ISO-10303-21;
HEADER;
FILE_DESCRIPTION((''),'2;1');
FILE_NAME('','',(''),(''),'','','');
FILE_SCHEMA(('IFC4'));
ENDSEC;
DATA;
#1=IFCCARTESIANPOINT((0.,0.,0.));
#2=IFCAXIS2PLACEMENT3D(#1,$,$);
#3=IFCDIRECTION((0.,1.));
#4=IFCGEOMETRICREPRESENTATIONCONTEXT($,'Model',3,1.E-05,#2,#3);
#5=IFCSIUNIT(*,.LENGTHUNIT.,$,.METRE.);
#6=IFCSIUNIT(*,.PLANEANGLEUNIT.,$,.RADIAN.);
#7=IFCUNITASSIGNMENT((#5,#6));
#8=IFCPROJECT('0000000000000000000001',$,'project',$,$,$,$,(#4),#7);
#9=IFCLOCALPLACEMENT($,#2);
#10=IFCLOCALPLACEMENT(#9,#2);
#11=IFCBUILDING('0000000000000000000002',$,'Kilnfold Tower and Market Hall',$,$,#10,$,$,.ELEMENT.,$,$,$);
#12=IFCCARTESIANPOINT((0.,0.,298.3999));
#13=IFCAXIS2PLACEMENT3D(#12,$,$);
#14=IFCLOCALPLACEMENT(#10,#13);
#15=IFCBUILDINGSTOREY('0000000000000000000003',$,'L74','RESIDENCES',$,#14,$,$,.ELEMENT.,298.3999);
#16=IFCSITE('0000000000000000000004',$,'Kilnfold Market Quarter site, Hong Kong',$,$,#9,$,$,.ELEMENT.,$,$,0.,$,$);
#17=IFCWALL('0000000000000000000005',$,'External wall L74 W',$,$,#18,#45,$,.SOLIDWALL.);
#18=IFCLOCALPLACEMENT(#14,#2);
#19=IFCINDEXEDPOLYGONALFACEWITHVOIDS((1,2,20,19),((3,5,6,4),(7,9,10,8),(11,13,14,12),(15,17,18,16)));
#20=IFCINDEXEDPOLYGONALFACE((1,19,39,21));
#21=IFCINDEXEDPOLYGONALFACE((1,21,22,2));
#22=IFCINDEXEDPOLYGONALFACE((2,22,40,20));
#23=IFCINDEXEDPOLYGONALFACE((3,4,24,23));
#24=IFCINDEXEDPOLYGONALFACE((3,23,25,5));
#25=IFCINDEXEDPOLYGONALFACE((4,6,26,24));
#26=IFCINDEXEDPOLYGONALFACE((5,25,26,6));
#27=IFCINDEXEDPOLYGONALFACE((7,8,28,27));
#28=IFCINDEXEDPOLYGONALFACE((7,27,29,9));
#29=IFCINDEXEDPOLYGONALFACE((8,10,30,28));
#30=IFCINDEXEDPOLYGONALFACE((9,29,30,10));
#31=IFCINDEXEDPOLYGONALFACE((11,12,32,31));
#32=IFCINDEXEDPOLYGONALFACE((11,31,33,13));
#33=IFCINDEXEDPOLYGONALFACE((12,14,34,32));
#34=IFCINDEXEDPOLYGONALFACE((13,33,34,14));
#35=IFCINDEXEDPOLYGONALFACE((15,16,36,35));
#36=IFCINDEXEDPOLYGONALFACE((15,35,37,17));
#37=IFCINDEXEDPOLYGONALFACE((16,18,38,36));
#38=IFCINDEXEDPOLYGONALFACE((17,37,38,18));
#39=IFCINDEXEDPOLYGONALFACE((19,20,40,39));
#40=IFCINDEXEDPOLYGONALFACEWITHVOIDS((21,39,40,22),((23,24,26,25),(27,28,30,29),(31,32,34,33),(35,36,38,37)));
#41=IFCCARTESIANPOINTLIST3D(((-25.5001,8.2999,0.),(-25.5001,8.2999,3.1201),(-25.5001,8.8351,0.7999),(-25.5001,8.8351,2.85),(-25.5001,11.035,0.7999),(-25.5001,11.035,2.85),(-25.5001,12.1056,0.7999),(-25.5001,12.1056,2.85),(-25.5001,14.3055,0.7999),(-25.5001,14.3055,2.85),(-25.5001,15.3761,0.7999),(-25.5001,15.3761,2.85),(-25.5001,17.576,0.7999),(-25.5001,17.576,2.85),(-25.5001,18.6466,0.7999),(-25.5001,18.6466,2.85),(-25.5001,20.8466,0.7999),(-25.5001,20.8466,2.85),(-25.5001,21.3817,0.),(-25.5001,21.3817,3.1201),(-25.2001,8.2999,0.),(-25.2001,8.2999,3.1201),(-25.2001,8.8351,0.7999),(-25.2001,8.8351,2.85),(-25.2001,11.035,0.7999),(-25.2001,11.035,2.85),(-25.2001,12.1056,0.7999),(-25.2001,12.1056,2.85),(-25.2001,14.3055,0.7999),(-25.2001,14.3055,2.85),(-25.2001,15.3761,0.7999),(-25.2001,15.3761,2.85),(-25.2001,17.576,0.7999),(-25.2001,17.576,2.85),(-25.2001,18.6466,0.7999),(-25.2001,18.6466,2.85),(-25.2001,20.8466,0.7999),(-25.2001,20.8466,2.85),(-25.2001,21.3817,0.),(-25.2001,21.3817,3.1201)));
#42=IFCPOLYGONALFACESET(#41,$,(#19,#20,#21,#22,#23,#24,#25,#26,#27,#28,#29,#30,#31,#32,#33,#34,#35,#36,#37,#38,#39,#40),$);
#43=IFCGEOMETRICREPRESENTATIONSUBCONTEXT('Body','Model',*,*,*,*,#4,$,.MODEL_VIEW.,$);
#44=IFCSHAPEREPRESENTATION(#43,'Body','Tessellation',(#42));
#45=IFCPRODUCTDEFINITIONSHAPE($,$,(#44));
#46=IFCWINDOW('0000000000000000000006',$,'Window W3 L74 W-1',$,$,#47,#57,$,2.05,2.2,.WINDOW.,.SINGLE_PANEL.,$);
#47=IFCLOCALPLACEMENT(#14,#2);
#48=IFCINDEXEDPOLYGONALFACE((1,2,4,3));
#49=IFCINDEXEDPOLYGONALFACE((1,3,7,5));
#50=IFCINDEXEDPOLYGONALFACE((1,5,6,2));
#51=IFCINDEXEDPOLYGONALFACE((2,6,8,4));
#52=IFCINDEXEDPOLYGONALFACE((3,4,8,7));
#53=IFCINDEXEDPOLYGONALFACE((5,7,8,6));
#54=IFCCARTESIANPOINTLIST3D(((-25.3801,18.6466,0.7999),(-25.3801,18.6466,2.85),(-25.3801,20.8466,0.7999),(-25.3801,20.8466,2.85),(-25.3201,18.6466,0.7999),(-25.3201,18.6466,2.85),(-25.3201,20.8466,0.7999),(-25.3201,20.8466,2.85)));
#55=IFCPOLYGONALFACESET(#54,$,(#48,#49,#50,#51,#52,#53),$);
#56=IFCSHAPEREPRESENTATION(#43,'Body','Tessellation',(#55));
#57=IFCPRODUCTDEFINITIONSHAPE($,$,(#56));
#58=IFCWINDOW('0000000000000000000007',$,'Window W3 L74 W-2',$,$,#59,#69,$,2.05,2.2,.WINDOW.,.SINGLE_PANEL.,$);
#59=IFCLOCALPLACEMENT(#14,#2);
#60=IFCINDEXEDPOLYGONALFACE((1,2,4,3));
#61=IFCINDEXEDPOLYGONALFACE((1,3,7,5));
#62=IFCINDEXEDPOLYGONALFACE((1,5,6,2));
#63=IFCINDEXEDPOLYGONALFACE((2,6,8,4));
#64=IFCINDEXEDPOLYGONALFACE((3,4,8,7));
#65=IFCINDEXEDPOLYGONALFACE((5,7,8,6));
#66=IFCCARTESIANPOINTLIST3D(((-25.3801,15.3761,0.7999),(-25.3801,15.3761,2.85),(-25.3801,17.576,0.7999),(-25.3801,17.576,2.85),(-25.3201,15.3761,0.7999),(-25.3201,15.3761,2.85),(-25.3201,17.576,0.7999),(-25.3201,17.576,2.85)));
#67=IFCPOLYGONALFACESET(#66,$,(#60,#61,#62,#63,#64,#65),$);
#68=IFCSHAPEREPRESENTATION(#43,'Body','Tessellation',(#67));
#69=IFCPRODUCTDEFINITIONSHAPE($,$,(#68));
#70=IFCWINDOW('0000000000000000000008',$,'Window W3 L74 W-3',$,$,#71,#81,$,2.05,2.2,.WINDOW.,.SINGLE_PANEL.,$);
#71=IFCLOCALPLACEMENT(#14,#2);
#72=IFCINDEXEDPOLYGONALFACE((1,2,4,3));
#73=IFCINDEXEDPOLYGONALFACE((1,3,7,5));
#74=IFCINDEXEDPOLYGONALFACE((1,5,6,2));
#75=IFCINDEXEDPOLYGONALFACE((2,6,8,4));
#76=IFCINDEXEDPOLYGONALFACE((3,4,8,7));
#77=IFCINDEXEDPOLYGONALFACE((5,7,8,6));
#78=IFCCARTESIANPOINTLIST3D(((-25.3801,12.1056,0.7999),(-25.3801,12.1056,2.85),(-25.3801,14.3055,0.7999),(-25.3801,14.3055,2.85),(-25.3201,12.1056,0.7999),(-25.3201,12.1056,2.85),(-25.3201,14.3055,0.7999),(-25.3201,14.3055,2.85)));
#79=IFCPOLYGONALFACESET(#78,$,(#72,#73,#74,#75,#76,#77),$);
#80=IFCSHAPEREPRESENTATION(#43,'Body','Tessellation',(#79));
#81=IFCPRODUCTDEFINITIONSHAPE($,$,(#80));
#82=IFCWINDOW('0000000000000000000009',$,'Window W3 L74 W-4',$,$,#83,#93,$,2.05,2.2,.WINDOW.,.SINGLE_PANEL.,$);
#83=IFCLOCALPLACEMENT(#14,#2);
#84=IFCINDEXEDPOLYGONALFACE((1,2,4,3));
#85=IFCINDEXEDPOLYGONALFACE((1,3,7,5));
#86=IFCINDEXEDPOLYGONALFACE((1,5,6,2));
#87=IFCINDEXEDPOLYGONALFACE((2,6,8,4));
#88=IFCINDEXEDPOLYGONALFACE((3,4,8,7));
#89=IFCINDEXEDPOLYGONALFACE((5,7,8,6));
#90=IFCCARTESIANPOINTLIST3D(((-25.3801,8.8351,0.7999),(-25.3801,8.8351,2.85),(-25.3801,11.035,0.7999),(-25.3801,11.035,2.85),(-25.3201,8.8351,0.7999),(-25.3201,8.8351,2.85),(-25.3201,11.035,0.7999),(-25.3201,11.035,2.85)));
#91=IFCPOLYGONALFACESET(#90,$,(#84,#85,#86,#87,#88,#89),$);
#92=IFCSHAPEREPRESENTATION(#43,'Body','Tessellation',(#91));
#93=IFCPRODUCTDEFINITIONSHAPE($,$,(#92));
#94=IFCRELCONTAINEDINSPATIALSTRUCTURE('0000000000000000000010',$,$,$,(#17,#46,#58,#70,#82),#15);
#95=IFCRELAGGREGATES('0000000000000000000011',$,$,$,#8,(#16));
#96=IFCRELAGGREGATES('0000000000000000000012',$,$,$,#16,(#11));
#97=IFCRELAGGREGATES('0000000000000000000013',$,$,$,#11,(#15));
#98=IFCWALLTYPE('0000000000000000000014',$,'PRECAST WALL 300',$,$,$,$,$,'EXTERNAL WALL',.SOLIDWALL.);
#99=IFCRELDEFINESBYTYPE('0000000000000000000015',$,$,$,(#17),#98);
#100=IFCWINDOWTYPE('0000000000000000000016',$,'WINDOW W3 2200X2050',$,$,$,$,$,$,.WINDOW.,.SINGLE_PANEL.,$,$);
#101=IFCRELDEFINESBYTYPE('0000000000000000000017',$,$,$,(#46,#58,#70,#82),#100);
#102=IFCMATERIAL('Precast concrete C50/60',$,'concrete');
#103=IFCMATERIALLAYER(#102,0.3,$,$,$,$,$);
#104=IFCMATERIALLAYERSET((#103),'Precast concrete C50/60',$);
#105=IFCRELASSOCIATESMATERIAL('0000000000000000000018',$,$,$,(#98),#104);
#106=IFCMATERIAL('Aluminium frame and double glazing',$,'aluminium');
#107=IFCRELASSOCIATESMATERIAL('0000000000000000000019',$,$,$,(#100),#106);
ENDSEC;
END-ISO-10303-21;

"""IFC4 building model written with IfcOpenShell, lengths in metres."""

from ifc_helpers import new_model, si_unit, direction, frame, frame_2d, origin, place, context, subcontext, project, spatial, rectangle, extrude, source, transform, mapped, material, layer, layer_set, type_object, element, fill, save


model = new_model("IFC4")

# Units and contexts
model_context = context("Model", 3, precision=1e-05, world=origin(), true_north=direction((0.0, 1.0)))
body_context = subcontext(model_context, "Body", "Model", "MODEL_VIEW")
ifc_project = project(units=[si_unit("LENGTHUNIT", "METRE"), si_unit("PLANEANGLEUNIT", "RADIAN")], contexts=[model_context])

# Site, building, storey
site_placement = place(None, origin())
site = spatial("IfcSite", under=ifc_project, at=site_placement, Name="Kilnfold Market Quarter site, Hong Kong", CompositionType="ELEMENT", RefElevation=0.0)
building_placement = place(site_placement, origin())
building = spatial("IfcBuilding", under=site, at=building_placement, Name="Kilnfold Tower and Market Hall", CompositionType="ELEMENT")
storey_placement = place(building_placement, frame((0.0, 0.0, 298.3999)))
storey = spatial("IfcBuildingStorey", under=building, at=storey_placement, Name="L74", Description="RESIDENCES", CompositionType="ELEMENT", Elevation=298.3999)

# Shared definitions
ifc_material_1 = material(Name="Precast concrete C50/60", Category="concrete")
ifc_layer_1 = layer(ifc_material_1, 0.3)
ifc_layer_set_1 = layer_set([ifc_layer_1], Name="Precast concrete C50/60")
wall_type_1 = type_object("IfcWallType", Name="PRECAST WALL 300", ElementType="EXTERNAL WALL", PredefinedType="SOLIDWALL", material=ifc_layer_set_1)
ifc_material_2 = material(Name="Aluminium frame and double glazing", Category="aluminium")
window_type = type_object("IfcWindowType", Name="WINDOW W3 2200X2050", PartitioningType="SINGLE_PANEL", PredefinedType="WINDOW", material=ifc_material_2)

# Wall, openings, windows
shared_shape_1 = source(origin(), body_context, "Body", "SweptSolid", [
    extrude(rectangle(XDim=13.0818, YDim=0.3, at=frame_2d((6.541, 0.0))), origin(), (0.0, 0.0, 1.0), 3.1201),
])
wall_1_placement = place(storey_placement, frame((-25.3501, 21.3818, 0.0), z_axis=(0.0, 0.0, 1.0), x_axis=(0.0, -1.0, 0.0)))
wall_1 = element("IfcWall", 1, at=wall_1_placement, inside=storey, type_object=wall_type_1, Name="External wall L74 W", PredefinedType="SOLIDWALL", context=body_context, shape_type="MappedRepresentation", body=[
    mapped(shared_shape_1, transform((0.0, 0.0, 0.0))),
])
opening_1_placement = place(wall_1_placement, frame((0.5352, 0.0, 0.8)))
opening_1 = element("IfcOpeningElement", 2, at=opening_1_placement, cuts=wall_1, PredefinedType="OPENING", context=body_context, shape_type="SweptSolid", body=[
    extrude(rectangle(XDim=2.2, YDim=2.05, at=frame_2d((1.1001, 1.0249))), frame((0.0, 0.1602, 0.0), z_axis=(0.0, -1.0, 0.0), x_axis=(1.0, 0.0, 0.0)), (0.0, 0.0, 1.0), 0.3201),
])
opening_2_placement = place(wall_1_placement, frame((3.8057, 0.0, 0.8)))
opening_2 = element("IfcOpeningElement", 3, at=opening_2_placement, cuts=wall_1, PredefinedType="OPENING", context=body_context, shape_type="SweptSolid", body=[
    extrude(rectangle(XDim=2.2, YDim=2.05, at=frame_2d((1.1001, 1.0249))), frame((0.0, 0.1602, 0.0), z_axis=(0.0, -1.0, 0.0), x_axis=(1.0, 0.0, 0.0)), (0.0, 0.0, 1.0), 0.3201),
])
opening_3_placement = place(wall_1_placement, frame((7.0762, 0.0, 0.8)))
opening_3 = element("IfcOpeningElement", 4, at=opening_3_placement, cuts=wall_1, PredefinedType="OPENING", context=body_context, shape_type="SweptSolid", body=[
    extrude(rectangle(XDim=2.2, YDim=2.05, at=frame_2d((1.1001, 1.0249))), frame((0.0, 0.1602, 0.0), z_axis=(0.0, -1.0, 0.0), x_axis=(1.0, 0.0, 0.0)), (0.0, 0.0, 1.0), 0.3201),
])
opening_4_placement = place(wall_1_placement, frame((10.3467, 0.0, 0.8)))
opening_4 = element("IfcOpeningElement", 5, at=opening_4_placement, cuts=wall_1, PredefinedType="OPENING", context=body_context, shape_type="SweptSolid", body=[
    extrude(rectangle(XDim=2.2, YDim=2.05, at=frame_2d((1.1001, 1.0249))), frame((0.0, 0.1602, 0.0), z_axis=(0.0, -1.0, 0.0), x_axis=(1.0, 0.0, 0.0)), (0.0, 0.0, 1.0), 0.3201),
])
window_1_placement = place(opening_1_placement, origin())
window_1 = element("IfcWindow", 6, at=window_1_placement, inside=storey, type_object=window_type, Name="Window W3 L74 W-1", OverallHeight=2.05, OverallWidth=2.2, PartitioningType="SINGLE_PANEL", PredefinedType="WINDOW", context=body_context, shape_type="SweptSolid", body=[
    extrude(rectangle(XDim=2.2, YDim=2.05, at=frame_2d((1.1001, 1.0249))), frame((0.0, 0.03, 0.0), z_axis=(0.0, -1.0, 0.0), x_axis=(1.0, 0.0, 0.0)), (0.0, 0.0, 1.0), 0.0601),
])
fill(opening_1, window_1)
window_2_placement = place(opening_2_placement, origin())
window_2 = element("IfcWindow", 7, at=window_2_placement, inside=storey, type_object=window_type, Name="Window W3 L74 W-2", OverallHeight=2.05, OverallWidth=2.2, PartitioningType="SINGLE_PANEL", PredefinedType="WINDOW", context=body_context, shape_type="SweptSolid", body=[
    extrude(rectangle(XDim=2.2, YDim=2.05, at=frame_2d((1.1001, 1.0249))), frame((0.0, 0.03, 0.0), z_axis=(0.0, -1.0, 0.0), x_axis=(1.0, 0.0, 0.0)), (0.0, 0.0, 1.0), 0.0601),
])
fill(opening_2, window_2)
window_3_placement = place(opening_3_placement, origin())
window_3 = element("IfcWindow", 8, at=window_3_placement, inside=storey, type_object=window_type, Name="Window W3 L74 W-3", OverallHeight=2.05, OverallWidth=2.2, PartitioningType="SINGLE_PANEL", PredefinedType="WINDOW", context=body_context, shape_type="SweptSolid", body=[
    extrude(rectangle(XDim=2.2, YDim=2.05, at=frame_2d((1.1001, 1.0249))), frame((0.0, 0.03, 0.0), z_axis=(0.0, -1.0, 0.0), x_axis=(1.0, 0.0, 0.0)), (0.0, 0.0, 1.0), 0.0601),
])
fill(opening_3, window_3)
window_4_placement = place(opening_4_placement, origin())
window_4 = element("IfcWindow", 9, at=window_4_placement, inside=storey, type_object=window_type, Name="Window W3 L74 W-4", OverallHeight=2.05, OverallWidth=2.2, PartitioningType="SINGLE_PANEL", PredefinedType="WINDOW", context=body_context, shape_type="SweptSolid", body=[
    extrude(rectangle(XDim=2.2, YDim=2.05, at=frame_2d((1.1001, 1.0249))), frame((0.0, 0.03, 0.0), z_axis=(0.0, -1.0, 0.0), x_axis=(1.0, 0.0, 0.0)), (0.0, 0.0, 1.0), 0.0601),
])
fill(opening_4, window_4)

save(model, "model.ifc")
